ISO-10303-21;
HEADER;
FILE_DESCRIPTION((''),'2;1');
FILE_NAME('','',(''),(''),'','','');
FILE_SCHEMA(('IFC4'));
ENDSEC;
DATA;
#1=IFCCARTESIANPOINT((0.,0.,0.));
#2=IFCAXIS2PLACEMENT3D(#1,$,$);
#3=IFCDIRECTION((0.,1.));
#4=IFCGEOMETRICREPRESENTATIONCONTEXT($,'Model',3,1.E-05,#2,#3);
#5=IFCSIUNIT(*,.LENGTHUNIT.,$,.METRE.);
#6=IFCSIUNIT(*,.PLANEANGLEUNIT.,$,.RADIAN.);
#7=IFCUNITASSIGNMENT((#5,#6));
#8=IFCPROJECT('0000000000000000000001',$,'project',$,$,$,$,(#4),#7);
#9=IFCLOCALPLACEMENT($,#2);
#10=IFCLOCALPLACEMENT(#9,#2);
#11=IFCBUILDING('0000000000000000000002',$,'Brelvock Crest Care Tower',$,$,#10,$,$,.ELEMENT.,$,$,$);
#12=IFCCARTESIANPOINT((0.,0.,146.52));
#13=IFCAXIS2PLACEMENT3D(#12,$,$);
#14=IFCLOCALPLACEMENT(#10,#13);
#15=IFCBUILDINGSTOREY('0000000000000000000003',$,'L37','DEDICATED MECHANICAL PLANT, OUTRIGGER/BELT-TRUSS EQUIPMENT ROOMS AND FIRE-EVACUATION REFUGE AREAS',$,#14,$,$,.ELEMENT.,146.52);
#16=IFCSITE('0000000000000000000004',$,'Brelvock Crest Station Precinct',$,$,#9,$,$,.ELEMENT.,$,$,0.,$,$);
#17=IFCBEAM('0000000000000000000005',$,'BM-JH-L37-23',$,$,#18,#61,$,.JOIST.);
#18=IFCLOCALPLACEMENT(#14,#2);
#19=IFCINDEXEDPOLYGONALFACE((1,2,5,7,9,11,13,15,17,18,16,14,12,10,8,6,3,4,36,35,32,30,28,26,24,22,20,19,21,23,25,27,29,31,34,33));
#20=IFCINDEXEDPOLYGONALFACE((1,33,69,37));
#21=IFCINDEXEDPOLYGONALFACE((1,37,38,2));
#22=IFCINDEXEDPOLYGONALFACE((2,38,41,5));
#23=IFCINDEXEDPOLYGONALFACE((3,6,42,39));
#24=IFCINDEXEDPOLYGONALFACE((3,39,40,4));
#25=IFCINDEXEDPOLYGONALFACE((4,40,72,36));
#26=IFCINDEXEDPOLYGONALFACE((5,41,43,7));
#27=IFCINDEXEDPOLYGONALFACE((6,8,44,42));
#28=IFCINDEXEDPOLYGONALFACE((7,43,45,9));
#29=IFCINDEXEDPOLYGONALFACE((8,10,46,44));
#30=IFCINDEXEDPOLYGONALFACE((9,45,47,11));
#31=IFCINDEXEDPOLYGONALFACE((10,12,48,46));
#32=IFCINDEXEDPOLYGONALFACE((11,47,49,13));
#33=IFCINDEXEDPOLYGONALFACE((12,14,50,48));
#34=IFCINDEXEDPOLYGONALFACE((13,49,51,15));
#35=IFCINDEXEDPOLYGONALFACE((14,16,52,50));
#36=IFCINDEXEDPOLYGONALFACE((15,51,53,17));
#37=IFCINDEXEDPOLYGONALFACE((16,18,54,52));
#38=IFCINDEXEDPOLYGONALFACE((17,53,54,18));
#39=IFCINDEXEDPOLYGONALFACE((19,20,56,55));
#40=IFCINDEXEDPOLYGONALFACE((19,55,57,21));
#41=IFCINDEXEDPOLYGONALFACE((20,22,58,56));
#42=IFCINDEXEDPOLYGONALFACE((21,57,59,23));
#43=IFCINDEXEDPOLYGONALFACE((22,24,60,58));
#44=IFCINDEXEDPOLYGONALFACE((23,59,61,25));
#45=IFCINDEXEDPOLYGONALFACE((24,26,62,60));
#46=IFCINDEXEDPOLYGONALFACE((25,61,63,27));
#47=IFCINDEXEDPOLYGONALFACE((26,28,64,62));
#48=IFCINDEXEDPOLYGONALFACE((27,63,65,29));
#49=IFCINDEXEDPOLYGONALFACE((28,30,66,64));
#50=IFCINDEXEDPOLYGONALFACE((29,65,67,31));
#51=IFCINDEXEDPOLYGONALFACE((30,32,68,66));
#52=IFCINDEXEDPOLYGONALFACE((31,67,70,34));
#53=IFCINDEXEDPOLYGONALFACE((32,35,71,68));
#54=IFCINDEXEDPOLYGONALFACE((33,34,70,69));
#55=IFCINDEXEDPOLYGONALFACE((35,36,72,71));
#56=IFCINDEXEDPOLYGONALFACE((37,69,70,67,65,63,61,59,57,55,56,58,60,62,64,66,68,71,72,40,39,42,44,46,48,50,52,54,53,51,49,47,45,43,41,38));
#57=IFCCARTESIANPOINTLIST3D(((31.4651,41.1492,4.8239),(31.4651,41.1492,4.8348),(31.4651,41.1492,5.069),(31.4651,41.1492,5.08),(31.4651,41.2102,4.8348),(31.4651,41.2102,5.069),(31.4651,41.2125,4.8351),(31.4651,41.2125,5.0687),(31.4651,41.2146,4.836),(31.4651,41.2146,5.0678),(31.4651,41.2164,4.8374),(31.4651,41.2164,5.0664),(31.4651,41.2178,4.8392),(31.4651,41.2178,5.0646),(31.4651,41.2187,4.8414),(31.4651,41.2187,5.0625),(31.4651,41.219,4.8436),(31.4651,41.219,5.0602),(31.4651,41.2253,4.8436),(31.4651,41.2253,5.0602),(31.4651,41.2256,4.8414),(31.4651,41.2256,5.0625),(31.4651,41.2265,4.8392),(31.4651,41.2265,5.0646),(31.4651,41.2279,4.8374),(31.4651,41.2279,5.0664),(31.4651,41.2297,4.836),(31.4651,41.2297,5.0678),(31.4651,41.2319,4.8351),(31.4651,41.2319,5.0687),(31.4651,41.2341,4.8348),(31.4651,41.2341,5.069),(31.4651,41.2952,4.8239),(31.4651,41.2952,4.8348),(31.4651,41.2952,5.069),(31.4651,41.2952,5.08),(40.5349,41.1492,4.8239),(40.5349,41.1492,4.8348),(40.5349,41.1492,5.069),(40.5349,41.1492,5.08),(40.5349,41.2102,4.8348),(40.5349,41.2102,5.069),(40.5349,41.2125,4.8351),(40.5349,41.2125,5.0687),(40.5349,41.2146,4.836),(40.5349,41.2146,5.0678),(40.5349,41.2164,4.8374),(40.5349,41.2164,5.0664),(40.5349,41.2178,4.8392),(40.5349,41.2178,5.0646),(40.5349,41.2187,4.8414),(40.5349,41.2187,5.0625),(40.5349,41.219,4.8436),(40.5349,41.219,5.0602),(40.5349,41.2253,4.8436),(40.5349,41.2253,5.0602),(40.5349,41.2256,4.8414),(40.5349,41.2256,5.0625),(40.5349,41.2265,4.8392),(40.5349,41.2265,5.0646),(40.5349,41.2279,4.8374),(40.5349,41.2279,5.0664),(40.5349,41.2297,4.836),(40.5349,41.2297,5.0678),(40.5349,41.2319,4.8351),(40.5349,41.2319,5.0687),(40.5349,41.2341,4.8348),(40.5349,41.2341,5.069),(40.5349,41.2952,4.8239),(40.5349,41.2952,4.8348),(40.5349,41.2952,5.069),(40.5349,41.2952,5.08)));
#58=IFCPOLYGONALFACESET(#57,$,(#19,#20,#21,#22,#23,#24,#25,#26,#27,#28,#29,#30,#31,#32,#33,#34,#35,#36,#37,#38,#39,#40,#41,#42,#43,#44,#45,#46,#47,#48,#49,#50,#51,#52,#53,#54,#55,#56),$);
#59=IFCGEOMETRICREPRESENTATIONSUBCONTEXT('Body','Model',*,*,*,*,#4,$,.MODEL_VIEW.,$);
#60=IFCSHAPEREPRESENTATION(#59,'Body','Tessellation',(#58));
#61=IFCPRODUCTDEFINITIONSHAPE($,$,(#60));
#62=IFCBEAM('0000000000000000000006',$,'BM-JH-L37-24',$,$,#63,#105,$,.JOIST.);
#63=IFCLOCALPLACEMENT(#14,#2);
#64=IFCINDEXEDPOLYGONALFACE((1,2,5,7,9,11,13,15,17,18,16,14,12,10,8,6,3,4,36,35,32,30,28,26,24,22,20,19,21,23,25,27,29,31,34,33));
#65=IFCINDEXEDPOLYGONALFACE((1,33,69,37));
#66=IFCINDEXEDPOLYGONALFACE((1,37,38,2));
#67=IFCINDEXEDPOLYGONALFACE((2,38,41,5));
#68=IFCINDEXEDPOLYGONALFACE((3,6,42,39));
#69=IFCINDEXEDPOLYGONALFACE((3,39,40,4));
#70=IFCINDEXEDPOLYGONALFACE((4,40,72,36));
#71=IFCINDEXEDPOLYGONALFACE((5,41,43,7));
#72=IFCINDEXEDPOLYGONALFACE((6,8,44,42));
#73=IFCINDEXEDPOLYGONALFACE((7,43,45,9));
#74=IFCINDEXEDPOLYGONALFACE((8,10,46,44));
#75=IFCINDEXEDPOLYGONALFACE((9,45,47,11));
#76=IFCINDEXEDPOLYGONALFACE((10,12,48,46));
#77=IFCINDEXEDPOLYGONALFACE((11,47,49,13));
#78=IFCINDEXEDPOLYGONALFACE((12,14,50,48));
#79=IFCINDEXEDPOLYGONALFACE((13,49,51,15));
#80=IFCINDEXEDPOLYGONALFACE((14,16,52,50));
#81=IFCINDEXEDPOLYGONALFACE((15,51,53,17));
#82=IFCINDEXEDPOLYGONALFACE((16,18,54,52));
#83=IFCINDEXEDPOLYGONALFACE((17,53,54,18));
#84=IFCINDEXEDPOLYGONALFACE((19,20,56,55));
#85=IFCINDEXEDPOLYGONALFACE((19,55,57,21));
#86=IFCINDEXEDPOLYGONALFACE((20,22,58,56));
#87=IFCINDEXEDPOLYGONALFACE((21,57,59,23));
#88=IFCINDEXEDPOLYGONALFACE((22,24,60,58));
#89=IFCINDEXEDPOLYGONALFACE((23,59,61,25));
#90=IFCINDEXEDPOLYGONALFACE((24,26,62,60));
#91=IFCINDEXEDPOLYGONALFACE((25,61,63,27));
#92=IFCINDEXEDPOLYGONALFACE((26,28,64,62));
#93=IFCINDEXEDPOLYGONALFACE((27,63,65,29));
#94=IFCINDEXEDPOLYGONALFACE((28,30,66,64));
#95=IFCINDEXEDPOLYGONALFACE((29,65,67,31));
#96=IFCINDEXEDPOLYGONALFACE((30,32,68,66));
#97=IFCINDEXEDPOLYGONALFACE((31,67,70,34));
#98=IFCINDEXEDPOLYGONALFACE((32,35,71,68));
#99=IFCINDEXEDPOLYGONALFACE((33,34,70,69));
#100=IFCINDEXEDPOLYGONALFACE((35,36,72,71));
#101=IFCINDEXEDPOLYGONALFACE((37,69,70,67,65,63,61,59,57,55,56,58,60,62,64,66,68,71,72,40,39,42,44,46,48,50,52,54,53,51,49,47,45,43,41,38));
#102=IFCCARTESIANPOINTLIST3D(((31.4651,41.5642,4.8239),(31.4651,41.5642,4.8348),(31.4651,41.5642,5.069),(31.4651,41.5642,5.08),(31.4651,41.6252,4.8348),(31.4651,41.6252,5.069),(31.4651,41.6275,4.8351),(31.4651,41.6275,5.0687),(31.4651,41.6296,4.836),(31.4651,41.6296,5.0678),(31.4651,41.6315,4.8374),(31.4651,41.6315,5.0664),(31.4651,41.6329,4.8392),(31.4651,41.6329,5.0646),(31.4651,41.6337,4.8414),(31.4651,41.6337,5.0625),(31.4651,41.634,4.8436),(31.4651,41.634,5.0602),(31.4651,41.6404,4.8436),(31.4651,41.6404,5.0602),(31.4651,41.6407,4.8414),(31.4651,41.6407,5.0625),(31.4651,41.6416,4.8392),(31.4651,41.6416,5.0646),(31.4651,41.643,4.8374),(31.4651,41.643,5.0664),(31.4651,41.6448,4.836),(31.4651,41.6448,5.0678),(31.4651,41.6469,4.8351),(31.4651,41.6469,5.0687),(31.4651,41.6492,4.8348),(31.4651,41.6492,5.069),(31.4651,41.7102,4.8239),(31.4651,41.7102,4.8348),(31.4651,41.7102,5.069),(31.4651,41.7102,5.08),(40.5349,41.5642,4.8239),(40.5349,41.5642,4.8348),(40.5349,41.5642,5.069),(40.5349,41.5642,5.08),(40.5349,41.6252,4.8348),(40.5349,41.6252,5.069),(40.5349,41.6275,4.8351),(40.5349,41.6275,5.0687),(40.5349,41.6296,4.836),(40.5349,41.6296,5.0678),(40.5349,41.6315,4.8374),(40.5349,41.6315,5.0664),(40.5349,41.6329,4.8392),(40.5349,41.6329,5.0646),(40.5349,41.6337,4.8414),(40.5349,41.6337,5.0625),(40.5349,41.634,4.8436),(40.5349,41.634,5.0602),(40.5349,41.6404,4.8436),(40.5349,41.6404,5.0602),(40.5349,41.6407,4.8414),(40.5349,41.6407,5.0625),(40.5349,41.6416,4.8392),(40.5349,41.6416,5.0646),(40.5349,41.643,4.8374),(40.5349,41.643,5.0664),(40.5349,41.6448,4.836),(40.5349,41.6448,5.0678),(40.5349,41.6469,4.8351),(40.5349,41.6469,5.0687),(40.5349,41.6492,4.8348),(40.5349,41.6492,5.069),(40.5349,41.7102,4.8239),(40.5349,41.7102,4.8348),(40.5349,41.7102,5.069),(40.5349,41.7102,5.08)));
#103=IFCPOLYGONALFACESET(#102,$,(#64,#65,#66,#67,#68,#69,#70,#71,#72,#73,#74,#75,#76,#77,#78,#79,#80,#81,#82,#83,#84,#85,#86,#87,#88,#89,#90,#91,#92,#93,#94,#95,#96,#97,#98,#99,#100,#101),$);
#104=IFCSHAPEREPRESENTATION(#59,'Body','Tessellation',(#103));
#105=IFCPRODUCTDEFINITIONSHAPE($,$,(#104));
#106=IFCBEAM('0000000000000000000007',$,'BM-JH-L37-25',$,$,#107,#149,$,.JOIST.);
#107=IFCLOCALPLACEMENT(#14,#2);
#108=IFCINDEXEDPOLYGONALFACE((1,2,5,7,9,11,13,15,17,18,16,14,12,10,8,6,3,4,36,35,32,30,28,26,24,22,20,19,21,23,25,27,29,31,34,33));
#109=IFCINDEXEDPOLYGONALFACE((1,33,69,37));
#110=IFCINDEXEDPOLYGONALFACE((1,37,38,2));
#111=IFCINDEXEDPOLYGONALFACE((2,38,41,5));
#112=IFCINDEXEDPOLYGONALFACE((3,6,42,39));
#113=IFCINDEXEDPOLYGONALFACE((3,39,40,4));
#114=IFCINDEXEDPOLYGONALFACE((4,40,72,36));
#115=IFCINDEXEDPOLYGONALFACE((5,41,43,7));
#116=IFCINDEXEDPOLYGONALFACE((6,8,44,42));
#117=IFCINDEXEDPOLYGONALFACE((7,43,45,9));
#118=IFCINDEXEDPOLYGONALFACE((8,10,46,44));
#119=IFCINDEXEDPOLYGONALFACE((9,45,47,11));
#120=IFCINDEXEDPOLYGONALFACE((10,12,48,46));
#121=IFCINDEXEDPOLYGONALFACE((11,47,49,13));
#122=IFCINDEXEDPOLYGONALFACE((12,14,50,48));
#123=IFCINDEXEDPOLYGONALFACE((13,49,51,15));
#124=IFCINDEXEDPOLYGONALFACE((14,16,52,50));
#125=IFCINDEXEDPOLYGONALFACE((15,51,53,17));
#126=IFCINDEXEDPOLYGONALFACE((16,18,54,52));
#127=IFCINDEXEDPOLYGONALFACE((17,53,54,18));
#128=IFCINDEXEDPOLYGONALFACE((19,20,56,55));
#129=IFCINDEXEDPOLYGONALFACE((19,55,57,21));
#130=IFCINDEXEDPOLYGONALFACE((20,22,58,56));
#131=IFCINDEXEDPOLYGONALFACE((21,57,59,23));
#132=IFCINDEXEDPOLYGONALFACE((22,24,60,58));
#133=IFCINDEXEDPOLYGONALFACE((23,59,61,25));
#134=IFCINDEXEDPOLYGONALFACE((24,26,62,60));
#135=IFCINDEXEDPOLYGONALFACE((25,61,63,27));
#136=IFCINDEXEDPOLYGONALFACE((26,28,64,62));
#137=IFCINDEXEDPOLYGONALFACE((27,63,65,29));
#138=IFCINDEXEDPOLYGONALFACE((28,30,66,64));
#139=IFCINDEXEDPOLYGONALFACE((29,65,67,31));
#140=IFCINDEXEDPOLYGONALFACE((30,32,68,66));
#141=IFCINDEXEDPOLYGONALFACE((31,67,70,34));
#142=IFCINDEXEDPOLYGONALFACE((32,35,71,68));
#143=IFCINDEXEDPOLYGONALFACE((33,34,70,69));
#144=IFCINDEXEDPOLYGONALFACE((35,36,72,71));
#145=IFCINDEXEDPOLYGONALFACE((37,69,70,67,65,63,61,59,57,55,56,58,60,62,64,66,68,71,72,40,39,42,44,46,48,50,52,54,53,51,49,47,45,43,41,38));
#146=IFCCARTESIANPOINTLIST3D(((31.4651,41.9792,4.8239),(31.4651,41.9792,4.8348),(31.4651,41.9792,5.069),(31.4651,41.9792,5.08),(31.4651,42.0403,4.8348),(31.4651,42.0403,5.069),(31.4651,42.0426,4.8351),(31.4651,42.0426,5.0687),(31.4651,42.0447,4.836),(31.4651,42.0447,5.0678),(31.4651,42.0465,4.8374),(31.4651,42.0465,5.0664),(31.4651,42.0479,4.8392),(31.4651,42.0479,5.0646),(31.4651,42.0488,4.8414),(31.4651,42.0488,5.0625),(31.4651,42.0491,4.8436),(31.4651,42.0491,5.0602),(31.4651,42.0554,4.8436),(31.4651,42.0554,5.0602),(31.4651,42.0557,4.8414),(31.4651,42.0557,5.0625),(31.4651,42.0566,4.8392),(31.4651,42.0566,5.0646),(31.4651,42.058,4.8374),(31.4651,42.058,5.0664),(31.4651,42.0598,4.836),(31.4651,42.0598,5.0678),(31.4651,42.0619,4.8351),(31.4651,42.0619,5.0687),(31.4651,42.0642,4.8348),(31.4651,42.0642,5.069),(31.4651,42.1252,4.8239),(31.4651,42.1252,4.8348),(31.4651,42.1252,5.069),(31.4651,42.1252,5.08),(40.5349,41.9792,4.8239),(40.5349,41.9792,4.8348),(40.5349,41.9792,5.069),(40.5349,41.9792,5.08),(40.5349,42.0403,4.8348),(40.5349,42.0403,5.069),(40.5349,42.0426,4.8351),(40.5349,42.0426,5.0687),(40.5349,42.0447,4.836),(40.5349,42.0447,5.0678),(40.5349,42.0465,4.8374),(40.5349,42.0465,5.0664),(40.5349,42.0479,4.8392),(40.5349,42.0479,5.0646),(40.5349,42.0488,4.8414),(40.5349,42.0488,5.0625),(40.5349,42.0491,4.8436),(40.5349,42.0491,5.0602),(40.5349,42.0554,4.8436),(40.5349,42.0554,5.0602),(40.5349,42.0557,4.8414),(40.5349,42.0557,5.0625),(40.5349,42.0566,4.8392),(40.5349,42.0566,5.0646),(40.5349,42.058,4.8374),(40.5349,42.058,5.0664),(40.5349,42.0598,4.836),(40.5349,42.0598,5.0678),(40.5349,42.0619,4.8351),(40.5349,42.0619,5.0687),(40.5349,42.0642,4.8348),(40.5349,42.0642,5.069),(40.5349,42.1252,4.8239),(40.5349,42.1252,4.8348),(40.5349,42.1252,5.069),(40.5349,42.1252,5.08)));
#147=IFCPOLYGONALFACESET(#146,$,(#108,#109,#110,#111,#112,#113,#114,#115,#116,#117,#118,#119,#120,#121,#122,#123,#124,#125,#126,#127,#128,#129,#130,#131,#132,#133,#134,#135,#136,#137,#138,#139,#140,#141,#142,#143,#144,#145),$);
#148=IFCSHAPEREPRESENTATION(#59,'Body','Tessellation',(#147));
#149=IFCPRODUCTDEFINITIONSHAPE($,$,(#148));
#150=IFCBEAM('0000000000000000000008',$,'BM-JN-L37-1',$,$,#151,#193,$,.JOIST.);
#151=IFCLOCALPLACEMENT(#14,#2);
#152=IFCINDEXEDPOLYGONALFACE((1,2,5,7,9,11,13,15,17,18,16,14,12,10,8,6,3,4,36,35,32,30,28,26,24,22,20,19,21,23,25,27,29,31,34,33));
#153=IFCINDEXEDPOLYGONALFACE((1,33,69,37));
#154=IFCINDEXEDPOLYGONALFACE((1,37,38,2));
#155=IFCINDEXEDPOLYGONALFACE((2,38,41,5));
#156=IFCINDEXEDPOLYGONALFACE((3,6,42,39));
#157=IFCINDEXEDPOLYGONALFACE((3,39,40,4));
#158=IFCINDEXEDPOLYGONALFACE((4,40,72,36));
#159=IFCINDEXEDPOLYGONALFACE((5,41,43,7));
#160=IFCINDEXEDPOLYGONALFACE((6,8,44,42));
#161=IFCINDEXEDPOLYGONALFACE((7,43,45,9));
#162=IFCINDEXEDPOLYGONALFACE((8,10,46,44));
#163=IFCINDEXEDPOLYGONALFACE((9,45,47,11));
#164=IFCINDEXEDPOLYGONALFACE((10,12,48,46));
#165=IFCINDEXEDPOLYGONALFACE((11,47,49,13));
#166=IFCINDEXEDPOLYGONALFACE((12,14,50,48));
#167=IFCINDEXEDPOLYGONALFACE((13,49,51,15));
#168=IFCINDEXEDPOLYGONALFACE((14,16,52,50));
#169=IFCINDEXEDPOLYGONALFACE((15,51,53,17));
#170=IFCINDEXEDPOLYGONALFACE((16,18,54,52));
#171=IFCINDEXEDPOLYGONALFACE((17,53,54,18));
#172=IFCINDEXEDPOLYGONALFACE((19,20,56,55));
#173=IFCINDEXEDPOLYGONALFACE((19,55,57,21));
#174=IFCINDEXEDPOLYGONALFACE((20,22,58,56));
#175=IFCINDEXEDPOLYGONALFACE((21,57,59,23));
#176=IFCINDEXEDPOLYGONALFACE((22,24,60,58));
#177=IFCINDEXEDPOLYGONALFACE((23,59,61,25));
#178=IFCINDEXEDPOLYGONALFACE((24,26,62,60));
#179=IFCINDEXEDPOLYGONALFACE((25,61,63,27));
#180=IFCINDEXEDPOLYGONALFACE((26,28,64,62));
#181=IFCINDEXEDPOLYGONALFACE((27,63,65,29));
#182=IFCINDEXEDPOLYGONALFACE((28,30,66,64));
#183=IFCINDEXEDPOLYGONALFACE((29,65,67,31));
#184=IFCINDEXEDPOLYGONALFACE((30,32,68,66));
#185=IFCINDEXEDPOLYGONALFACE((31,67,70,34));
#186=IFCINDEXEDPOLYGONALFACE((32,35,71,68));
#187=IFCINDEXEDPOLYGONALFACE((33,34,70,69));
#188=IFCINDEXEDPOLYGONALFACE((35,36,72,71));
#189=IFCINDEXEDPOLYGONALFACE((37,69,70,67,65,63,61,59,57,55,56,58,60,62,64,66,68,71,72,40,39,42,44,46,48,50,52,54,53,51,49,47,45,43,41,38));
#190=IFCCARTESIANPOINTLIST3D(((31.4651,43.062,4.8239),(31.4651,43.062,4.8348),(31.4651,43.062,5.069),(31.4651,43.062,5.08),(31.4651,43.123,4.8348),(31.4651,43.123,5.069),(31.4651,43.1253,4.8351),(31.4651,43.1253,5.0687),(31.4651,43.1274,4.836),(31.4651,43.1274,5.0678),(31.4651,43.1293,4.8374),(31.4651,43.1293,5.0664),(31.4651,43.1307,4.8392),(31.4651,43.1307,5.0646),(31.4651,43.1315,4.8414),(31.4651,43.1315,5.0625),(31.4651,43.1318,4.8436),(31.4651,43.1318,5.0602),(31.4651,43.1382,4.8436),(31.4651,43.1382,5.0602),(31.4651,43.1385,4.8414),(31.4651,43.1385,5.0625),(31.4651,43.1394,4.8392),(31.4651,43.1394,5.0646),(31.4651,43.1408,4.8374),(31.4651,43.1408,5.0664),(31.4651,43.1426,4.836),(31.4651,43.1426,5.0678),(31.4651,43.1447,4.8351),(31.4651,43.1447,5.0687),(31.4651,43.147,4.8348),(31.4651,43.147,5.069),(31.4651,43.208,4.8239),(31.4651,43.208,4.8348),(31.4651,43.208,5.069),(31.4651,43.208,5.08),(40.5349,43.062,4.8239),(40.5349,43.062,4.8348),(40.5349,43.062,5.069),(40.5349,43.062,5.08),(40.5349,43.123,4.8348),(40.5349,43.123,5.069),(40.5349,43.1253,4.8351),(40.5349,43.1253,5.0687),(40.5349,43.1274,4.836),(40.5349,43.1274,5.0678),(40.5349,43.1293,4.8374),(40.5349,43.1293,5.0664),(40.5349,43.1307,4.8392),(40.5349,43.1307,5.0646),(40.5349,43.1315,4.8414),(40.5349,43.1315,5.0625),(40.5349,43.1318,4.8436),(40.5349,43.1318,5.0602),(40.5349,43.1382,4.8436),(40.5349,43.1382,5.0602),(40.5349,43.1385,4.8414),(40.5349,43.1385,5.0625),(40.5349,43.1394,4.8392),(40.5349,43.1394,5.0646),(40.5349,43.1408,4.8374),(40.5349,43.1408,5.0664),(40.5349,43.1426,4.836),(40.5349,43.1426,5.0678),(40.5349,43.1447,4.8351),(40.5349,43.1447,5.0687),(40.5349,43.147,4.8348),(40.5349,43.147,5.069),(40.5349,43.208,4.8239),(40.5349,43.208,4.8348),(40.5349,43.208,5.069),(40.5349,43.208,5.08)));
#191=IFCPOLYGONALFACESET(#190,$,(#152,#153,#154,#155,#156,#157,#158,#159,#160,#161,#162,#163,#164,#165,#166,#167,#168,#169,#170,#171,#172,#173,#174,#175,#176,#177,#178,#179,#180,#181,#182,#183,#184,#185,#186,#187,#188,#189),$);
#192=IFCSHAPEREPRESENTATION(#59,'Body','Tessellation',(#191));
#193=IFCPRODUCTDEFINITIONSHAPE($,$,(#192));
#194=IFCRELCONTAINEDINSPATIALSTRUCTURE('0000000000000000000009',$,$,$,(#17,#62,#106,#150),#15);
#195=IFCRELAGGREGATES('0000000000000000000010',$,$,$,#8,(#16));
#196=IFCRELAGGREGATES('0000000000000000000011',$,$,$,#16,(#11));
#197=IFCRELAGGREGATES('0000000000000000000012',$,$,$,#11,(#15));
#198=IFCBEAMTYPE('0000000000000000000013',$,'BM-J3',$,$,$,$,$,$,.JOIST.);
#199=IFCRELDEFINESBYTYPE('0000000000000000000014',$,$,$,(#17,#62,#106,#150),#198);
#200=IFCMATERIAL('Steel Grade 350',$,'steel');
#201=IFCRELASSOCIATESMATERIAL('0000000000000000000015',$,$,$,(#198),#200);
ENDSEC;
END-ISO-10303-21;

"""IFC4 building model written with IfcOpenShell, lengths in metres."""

from ifc_helpers import new_model, si_unit, direction, frame, origin, origin_2d, place, context, subcontext, project, spatial, i_section, extrude, source, transform, mapped, material, material_profile, profile_set, type_object, element, save


model = new_model("IFC4")

# Units and contexts
model_context = context("Model", 3, precision=1e-05, world=origin(), true_north=direction((0.0, 1.0)))
body_context = subcontext(model_context, "Body", "Model", "MODEL_VIEW")
ifc_project = project(units=[si_unit("LENGTHUNIT", "METRE"), si_unit("PLANEANGLEUNIT", "RADIAN")], contexts=[model_context])

# Site, building, storey
site_placement = place(None, origin())
site = spatial("IfcSite", under=ifc_project, at=site_placement, Name="Brelvock Crest Station Precinct", CompositionType="ELEMENT", RefElevation=0.0)
building_placement = place(site_placement, origin())
building = spatial("IfcBuilding", under=site, at=building_placement, Name="Brelvock Crest Care Tower", CompositionType="ELEMENT")
storey_placement = place(building_placement, frame((0.0, 0.0, 146.52)))
storey = spatial("IfcBuildingStorey", under=building, at=storey_placement, Name="L37", Description="DEDICATED MECHANICAL PLANT, OUTRIGGER/BELT-TRUSS EQUIPMENT ROOMS AND FIRE-EVACUATION REFUGE AREAS", CompositionType="ELEMENT", Elevation=146.52)

# Shared definitions
ifc_material_1 = material(Name="Steel Grade 350", Category="steel")

# Beams
ifc_material_profile_1 = material_profile(ifc_material_1, i_section(OverallWidth=0.146, OverallDepth=0.2561, WebThickness=0.0063, FlangeThickness=0.011, FilletRadius=0.0088, at=origin_2d()), Name="250UB37.3")
ifc_profile_set_1 = profile_set([ifc_material_profile_1], Name="Steel Grade 350")
beam_type_1 = type_object("IfcBeamType", Name="BM-J3", PredefinedType="JOIST", material=ifc_profile_set_1)
shared_shape_1 = source(origin(), body_context, "Body", "SweptSolid", [
    extrude(i_section(OverallWidth=0.146, OverallDepth=0.2561, WebThickness=0.0063, FlangeThickness=0.011, FilletRadius=0.0088, at=origin_2d()), origin(), (0.0, 0.0, 1.0), 9.0698),
])
for number, where, z_axis, x_axis, name in (
    (1, (31.4651, 41.2222, 4.9519), (1.0, 0.0, 0.0), (0.0, 1.0, 0.0), "BM-JH-L37-23"),
    (2, (31.4651, 41.6372, 4.9519), (1.0, 0.0, 0.0), (0.0, 1.0, 0.0), "BM-JH-L37-24"),
    (3, (31.4651, 42.0522, 4.9519), (1.0, 0.0, 0.0), (0.0, 1.0, 0.0), "BM-JH-L37-25"),
    (4, (31.4651, 43.135, 4.9519), (1.0, 0.0, 0.0), (0.0, 1.0, 0.0), "BM-JN-L37-1"),
):
    element("IfcBeam", number, at=place(storey_placement, frame(where, z_axis=z_axis, x_axis=x_axis)), inside=storey, type_object=beam_type_1, Name=name, PredefinedType="JOIST", context=body_context, shape_type="MappedRepresentation", body=[
        mapped(shared_shape_1, transform((0.0, 0.0, 0.0), x_axis=(1.0, 0.0, 0.0), y_axis=(0.0, 1.0, 0.0), z_axis=(0.0, 0.0, 1.0), scale=1.0)),
    ])

save(model, "model.ifc")
